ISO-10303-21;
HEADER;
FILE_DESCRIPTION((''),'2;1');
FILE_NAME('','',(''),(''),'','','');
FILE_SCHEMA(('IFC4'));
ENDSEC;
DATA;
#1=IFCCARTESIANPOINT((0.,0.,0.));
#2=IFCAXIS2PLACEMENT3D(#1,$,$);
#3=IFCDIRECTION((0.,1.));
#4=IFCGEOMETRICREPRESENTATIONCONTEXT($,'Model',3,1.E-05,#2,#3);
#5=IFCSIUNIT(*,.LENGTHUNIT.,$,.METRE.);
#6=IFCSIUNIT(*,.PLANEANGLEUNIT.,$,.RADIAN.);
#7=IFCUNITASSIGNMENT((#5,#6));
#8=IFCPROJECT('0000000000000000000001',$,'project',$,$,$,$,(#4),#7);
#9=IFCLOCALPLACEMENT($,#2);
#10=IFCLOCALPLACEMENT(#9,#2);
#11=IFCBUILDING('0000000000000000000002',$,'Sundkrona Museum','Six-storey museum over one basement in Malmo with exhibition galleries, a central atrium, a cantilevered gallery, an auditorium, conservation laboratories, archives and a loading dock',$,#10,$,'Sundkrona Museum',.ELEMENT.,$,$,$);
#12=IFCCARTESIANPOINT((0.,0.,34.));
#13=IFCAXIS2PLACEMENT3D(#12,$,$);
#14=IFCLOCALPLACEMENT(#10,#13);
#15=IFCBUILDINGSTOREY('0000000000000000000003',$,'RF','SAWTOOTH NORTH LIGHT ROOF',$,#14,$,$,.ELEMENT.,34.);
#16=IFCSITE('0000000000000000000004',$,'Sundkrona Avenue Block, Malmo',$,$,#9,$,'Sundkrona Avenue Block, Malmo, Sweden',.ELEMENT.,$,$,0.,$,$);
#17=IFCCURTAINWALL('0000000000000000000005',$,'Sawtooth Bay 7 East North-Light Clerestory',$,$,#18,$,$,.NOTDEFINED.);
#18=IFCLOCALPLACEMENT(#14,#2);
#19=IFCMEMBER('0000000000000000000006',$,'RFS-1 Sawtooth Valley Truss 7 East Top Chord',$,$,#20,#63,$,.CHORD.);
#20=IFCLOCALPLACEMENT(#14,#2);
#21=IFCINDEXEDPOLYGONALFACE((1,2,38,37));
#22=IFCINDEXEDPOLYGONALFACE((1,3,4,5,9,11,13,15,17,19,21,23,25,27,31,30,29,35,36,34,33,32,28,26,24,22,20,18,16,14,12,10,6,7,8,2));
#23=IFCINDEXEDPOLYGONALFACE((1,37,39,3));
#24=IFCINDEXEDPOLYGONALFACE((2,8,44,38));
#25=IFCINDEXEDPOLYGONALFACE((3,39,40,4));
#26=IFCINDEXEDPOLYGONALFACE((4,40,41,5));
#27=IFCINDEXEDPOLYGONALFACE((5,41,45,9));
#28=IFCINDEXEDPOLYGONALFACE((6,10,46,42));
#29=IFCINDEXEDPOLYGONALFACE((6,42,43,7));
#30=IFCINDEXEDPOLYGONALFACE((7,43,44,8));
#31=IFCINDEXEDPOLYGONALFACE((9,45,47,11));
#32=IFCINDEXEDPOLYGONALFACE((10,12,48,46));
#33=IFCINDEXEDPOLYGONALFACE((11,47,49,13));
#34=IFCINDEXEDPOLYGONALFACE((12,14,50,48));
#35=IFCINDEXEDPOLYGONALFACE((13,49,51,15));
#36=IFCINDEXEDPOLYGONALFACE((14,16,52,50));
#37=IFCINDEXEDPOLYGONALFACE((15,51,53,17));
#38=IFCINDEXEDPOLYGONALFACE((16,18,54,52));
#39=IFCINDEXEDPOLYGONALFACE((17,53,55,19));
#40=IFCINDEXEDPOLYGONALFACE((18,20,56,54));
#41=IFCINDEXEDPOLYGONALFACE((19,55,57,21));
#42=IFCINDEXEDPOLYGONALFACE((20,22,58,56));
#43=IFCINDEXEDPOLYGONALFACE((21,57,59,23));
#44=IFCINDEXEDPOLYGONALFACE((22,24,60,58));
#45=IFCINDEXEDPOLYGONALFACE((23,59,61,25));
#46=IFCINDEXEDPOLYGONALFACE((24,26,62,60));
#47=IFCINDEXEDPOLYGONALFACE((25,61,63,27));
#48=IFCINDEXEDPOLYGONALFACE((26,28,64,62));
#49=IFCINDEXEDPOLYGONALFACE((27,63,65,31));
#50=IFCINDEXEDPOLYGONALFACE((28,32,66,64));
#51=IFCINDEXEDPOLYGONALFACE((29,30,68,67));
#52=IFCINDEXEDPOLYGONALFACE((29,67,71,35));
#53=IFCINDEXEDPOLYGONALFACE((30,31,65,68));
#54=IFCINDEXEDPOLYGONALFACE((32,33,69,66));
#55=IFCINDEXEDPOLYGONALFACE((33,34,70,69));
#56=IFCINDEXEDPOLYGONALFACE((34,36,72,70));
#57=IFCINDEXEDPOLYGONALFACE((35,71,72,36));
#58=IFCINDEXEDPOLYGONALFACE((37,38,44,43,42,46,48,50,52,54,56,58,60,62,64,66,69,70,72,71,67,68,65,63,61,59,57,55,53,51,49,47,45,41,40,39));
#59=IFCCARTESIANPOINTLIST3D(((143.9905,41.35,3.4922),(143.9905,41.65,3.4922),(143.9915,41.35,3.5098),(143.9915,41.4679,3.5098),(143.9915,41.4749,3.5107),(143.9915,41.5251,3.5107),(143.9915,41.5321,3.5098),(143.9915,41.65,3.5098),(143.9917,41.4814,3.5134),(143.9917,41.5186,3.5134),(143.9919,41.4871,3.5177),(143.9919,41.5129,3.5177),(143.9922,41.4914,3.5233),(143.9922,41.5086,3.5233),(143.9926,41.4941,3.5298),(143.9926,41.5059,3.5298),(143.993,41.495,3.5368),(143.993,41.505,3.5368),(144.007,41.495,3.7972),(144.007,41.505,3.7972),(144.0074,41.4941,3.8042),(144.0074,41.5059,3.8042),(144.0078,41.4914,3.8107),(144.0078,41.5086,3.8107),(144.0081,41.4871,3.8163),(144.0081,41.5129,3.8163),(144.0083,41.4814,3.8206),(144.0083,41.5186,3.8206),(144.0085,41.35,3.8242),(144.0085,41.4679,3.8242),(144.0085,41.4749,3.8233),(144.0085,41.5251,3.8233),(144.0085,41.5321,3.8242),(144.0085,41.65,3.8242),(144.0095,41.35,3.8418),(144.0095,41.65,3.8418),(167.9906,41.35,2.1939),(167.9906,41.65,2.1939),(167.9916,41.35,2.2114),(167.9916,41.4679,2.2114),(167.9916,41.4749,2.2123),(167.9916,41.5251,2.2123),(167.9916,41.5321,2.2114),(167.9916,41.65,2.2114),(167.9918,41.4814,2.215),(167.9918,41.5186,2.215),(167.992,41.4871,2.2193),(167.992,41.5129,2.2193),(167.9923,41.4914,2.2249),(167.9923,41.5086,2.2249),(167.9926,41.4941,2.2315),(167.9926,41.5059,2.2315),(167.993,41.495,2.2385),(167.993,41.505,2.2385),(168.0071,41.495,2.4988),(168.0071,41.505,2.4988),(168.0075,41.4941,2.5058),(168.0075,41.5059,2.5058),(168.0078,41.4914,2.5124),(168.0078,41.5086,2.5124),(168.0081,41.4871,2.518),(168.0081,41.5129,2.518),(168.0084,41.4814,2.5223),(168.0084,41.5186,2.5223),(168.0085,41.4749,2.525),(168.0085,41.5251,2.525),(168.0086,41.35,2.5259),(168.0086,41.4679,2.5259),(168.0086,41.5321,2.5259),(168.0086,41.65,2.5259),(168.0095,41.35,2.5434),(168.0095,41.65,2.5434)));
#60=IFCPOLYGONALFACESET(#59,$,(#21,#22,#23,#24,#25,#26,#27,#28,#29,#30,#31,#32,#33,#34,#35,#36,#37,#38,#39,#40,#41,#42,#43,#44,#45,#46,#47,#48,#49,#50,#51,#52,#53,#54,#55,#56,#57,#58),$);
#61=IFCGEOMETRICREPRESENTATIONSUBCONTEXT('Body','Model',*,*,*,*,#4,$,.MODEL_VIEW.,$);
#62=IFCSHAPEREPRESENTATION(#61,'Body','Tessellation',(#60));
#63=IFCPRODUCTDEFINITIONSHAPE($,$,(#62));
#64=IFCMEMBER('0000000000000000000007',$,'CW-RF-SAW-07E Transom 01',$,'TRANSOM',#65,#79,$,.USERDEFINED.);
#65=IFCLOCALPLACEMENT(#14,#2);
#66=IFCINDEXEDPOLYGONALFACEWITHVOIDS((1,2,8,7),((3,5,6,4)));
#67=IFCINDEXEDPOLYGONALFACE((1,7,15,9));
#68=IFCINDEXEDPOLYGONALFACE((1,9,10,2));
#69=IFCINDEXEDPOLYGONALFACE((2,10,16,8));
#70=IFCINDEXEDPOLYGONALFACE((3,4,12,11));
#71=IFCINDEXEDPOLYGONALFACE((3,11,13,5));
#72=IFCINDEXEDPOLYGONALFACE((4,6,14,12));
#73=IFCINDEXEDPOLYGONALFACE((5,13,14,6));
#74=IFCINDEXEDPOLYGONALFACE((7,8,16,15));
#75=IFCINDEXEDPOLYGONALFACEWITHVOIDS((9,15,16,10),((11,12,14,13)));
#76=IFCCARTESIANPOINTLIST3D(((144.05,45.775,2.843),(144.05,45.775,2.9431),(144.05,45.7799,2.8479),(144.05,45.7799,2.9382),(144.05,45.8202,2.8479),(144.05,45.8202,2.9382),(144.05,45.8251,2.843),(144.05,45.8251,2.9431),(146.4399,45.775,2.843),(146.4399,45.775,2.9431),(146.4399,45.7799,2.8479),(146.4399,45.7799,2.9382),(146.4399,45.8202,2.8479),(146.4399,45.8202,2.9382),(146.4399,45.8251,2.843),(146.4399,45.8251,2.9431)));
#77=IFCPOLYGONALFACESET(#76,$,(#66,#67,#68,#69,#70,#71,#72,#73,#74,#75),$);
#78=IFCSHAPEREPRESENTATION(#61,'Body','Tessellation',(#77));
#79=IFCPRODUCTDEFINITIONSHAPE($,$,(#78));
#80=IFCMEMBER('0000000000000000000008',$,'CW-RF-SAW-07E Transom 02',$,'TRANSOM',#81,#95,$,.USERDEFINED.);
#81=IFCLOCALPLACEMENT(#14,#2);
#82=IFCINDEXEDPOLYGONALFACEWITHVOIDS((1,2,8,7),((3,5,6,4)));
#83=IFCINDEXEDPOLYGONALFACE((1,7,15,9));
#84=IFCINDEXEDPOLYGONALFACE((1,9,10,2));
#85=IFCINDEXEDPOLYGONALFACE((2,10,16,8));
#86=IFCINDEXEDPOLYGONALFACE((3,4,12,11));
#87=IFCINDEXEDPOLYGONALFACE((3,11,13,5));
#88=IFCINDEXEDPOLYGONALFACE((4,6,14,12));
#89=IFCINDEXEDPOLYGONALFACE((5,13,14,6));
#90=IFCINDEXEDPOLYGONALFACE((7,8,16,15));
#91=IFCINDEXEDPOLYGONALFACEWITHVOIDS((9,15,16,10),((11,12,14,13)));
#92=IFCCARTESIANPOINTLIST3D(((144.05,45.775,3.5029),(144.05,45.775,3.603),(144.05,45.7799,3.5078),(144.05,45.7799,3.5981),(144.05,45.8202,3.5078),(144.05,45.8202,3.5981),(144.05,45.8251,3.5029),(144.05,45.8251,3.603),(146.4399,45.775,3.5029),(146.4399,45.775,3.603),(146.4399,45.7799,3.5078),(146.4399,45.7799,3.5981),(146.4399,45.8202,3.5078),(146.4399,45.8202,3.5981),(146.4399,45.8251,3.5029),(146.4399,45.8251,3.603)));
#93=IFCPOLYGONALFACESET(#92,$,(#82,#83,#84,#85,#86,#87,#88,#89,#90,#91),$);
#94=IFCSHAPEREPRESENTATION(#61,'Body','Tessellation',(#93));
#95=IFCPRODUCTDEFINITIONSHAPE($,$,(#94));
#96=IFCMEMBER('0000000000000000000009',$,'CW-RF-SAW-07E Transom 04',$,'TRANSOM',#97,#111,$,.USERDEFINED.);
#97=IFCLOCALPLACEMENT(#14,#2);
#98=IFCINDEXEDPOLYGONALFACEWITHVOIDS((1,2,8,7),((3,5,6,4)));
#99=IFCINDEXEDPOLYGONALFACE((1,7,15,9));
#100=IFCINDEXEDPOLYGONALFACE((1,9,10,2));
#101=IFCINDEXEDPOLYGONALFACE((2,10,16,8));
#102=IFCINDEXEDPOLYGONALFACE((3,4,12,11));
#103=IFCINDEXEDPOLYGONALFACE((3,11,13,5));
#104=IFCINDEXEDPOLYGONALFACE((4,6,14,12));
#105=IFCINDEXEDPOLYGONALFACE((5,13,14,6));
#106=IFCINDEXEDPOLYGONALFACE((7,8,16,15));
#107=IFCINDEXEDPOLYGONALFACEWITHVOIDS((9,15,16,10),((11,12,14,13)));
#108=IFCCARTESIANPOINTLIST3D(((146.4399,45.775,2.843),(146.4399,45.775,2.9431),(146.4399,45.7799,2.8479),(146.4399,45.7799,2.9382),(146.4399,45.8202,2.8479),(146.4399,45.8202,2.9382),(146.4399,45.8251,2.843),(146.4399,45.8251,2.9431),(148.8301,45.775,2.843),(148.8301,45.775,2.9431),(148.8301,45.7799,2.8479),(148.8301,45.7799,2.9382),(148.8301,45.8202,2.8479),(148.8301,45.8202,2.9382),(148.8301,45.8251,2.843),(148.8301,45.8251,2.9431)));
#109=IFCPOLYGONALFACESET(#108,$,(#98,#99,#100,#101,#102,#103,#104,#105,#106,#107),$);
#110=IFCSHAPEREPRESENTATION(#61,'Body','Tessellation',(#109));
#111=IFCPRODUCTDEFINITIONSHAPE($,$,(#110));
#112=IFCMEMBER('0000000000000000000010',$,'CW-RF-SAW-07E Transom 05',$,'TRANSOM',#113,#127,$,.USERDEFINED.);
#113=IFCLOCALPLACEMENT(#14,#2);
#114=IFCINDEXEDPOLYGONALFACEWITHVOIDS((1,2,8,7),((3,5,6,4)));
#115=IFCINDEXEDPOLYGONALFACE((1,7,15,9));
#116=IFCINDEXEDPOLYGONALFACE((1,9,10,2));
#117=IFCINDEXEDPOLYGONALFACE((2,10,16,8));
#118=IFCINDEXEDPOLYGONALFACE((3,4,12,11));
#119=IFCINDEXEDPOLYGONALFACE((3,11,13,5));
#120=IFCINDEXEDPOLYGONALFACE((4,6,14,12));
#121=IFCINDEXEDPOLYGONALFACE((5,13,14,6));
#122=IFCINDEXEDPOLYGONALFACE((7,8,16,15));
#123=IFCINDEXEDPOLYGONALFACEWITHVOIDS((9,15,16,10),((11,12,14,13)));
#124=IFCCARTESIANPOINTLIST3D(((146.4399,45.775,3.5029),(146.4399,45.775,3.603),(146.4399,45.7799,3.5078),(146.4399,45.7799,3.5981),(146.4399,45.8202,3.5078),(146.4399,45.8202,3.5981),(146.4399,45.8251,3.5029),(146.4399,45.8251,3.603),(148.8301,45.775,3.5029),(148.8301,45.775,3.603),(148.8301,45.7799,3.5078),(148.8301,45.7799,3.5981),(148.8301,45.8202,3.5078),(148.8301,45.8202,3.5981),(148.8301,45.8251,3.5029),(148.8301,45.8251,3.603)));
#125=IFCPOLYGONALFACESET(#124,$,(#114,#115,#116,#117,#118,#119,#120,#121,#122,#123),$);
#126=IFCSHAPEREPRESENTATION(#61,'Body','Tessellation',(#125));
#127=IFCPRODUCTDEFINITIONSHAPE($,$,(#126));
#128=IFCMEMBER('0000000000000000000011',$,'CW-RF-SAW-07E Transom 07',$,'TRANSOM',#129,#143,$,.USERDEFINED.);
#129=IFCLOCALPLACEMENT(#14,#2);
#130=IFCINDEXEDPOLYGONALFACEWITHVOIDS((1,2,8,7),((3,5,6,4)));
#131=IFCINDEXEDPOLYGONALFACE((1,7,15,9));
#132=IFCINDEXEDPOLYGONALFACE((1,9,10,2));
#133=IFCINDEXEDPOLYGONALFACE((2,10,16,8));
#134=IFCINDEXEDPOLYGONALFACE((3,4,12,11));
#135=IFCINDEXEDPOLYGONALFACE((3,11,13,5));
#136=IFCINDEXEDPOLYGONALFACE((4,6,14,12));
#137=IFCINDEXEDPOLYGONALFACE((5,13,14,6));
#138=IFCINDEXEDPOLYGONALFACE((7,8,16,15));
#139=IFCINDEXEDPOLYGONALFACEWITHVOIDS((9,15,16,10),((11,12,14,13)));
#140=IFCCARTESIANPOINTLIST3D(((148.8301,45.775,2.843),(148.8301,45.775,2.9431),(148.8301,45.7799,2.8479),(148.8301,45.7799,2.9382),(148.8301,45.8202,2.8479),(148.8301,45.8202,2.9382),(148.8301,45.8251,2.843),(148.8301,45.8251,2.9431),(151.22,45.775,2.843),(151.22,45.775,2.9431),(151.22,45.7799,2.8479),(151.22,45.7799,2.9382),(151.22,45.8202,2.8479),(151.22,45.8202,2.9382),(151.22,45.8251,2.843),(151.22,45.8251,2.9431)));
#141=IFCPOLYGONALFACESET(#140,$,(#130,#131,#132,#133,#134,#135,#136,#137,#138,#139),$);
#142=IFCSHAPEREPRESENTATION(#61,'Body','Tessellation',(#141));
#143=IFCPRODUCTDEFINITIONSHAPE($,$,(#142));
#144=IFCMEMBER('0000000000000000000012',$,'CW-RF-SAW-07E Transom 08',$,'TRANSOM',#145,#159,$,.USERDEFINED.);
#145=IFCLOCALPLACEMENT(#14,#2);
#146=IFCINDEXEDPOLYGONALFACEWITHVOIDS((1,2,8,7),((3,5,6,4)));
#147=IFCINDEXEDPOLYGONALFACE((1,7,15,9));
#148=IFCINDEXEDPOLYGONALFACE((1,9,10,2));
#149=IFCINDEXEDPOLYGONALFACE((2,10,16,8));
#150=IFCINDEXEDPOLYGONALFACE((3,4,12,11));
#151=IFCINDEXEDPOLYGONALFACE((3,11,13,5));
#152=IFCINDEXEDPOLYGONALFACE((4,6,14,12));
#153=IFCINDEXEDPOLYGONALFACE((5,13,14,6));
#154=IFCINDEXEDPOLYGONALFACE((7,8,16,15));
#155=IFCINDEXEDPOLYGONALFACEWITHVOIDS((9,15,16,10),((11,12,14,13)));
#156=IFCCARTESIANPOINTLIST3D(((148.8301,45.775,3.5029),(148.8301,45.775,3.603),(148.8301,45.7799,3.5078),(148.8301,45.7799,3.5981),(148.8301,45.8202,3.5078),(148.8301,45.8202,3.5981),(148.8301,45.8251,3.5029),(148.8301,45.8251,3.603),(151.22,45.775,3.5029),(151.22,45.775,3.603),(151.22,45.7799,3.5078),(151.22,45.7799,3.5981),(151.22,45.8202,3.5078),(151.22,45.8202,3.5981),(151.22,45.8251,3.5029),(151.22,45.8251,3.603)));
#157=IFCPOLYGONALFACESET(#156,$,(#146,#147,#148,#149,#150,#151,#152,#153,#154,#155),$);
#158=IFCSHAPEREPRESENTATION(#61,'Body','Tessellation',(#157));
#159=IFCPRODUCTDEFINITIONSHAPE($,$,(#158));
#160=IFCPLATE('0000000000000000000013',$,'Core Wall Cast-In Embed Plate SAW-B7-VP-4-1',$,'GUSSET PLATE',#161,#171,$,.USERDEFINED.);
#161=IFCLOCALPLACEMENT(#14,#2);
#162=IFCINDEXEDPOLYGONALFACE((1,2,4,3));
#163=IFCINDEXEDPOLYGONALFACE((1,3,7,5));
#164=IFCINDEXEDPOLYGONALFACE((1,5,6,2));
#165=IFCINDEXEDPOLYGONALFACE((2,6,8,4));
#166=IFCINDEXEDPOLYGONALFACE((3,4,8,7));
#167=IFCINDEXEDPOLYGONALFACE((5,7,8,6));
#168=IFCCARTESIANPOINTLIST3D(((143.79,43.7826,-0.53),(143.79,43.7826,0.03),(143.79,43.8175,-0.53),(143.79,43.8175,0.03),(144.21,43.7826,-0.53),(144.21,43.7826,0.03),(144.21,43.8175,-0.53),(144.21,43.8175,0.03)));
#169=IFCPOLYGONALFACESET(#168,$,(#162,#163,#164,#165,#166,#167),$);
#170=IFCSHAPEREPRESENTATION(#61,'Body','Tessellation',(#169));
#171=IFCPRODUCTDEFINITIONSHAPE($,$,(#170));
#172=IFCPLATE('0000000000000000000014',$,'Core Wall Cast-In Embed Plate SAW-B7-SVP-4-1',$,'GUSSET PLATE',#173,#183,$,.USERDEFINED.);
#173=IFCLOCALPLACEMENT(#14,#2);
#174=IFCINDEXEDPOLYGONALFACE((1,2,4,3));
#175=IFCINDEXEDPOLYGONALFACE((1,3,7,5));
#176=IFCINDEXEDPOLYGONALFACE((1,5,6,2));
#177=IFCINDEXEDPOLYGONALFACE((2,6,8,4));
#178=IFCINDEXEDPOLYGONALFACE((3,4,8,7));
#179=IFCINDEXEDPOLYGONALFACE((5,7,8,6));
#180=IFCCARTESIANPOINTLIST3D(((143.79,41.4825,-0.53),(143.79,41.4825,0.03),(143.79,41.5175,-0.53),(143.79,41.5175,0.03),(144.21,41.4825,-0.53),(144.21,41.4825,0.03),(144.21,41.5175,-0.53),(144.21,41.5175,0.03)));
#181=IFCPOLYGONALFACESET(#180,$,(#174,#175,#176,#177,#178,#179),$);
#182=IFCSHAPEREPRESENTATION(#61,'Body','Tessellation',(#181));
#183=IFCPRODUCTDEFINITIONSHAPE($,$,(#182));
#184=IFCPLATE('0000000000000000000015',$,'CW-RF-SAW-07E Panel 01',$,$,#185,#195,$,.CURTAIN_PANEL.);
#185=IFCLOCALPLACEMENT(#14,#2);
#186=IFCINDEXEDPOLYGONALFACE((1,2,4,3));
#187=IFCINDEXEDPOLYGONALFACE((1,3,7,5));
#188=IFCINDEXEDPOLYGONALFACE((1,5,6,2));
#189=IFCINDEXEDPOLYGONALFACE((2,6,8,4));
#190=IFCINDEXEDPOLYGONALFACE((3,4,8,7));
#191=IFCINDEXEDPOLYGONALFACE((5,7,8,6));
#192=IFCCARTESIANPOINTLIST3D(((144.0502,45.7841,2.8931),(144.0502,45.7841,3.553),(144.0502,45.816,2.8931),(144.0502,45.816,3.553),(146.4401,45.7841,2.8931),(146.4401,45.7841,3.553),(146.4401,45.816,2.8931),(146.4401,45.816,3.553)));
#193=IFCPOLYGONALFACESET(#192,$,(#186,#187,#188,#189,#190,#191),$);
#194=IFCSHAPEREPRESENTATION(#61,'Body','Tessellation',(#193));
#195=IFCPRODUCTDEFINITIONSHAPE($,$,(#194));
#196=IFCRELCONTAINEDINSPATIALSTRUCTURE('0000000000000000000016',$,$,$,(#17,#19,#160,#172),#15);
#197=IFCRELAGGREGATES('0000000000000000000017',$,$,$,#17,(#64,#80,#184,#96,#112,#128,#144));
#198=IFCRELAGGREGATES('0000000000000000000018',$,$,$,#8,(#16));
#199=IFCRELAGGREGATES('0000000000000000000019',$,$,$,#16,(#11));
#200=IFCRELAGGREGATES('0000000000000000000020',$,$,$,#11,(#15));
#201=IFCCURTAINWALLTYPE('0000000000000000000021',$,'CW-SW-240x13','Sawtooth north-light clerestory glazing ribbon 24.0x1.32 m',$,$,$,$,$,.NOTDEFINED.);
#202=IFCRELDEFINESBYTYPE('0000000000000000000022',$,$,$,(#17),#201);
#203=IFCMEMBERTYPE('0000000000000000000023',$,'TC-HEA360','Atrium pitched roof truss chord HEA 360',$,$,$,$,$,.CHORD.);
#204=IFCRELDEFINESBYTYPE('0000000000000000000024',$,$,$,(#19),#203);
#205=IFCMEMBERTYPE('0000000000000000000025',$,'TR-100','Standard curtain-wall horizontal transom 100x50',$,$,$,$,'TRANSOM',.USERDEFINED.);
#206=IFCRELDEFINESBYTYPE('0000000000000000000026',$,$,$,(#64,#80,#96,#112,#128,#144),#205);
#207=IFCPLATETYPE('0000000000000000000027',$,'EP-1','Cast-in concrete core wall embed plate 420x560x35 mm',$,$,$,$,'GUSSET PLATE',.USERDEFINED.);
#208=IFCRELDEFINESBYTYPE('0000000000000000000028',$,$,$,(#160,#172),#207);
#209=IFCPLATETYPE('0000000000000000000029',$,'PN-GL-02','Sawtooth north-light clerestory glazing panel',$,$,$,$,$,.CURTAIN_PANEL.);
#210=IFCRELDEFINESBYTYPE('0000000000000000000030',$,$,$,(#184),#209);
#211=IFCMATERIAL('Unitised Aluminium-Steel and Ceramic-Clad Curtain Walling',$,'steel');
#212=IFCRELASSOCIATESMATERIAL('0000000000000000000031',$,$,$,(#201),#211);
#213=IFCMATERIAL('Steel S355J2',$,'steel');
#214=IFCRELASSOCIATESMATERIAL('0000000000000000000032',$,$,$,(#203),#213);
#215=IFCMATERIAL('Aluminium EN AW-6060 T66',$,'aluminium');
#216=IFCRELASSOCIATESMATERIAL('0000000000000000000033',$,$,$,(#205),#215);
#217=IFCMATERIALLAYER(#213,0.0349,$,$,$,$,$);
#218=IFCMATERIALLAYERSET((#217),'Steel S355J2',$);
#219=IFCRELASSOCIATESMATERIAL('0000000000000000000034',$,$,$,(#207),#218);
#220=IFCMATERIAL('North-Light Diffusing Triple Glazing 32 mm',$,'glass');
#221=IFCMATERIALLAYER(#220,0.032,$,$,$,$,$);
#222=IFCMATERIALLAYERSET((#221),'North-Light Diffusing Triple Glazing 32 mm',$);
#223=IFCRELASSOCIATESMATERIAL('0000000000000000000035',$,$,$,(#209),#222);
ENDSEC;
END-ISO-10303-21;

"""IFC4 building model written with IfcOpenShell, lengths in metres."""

from ifc_helpers import new_model, si_unit, direction, frame, origin, origin_2d, place, context, subcontext, project, spatial, rectangle, hollow_rectangle, i_section, extrude, material, layer, layer_set, material_profile, profile_set, type_object, element, aggregate, save


model = new_model("IFC4")

# Units and contexts
model_context = context("Model", 3, precision=1e-05, world=origin(), true_north=direction((0.0, 1.0)))
body_context = subcontext(model_context, "Body", "Model", "MODEL_VIEW")
ifc_project = project(units=[si_unit("LENGTHUNIT", "METRE"), si_unit("PLANEANGLEUNIT", "RADIAN")], contexts=[model_context])

# Site, building, storey
site_placement = place(None, origin())
site = spatial("IfcSite", under=ifc_project, at=site_placement, Name="Sundkrona Avenue Block, Malmo", LongName="Sundkrona Avenue Block, Malmo, Sweden", CompositionType="ELEMENT", RefElevation=0.0)
building_placement = place(site_placement, origin())
building = spatial("IfcBuilding", under=site, at=building_placement, Name="Sundkrona Museum", Description="Six-storey museum over one basement in Malmo with exhibition galleries, a central atrium, a cantilevered gallery, an auditorium, conservation laboratories, archives and a loading dock", LongName="Sundkrona Museum", CompositionType="ELEMENT")
storey_placement = place(building_placement, frame((0.0, 0.0, 34.0)))
storey = spatial("IfcBuildingStorey", under=building, at=storey_placement, Name="RF", Description="SAWTOOTH NORTH LIGHT ROOF", CompositionType="ELEMENT", Elevation=34.0)

# Curtain wall
ifc_material_1 = material(Name="Unitised Aluminium-Steel and Ceramic-Clad Curtain Walling", Category="steel")
curtain_wall_type = type_object("IfcCurtainWallType", Name="CW-SW-240x13", Description="Sawtooth north-light clerestory glazing ribbon 24.0x1.32 m", PredefinedType="NOTDEFINED", material=ifc_material_1)
curtain_wall_placement = place(storey_placement, origin())
curtain_wall = element("IfcCurtainWall", 1, at=curtain_wall_placement, inside=storey, type_object=curtain_wall_type, Name="Sawtooth Bay 7 East North-Light Clerestory", PredefinedType="NOTDEFINED")
ifc_material_2 = material(Name="Aluminium EN AW-6060 T66", Category="aluminium")

# Member
ifc_material_3 = material(Name="Steel S355J2", Category="steel")
ifc_material_profile_1 = material_profile(ifc_material_3, i_section(OverallWidth=0.3, OverallDepth=0.3501, WebThickness=0.01, FlangeThickness=0.0176, FilletRadius=0.0271, at=origin_2d()), Name="HEA 360")
ifc_profile_set_1 = profile_set([ifc_material_profile_1], Name="Steel S355J2")
member_type_1 = type_object("IfcMemberType", Name="TC-HEA360", Description="Atrium pitched roof truss chord HEA 360", PredefinedType="CHORD", material=ifc_profile_set_1)
member_1_placement = place(storey_placement, frame((144.0, 41.5, 3.667), z_axis=(0.99854, 0.0, -0.054019), x_axis=(0.0, 1.0, 0.0)))
element("IfcMember", 2, at=member_1_placement, inside=storey, type_object=member_type_1, Name="RFS-1 Sawtooth Valley Truss 7 East Top Chord", PredefinedType="CHORD", context=body_context, shape_type="SweptSolid", body=[
    extrude(i_section(OverallWidth=0.3, OverallDepth=0.3501, WebThickness=0.01, FlangeThickness=0.0176, FilletRadius=0.0271, at=origin_2d()), origin(), (0.0, 0.0, 1.0), 24.0352),
])

# Members
ifc_material_profile_2 = material_profile(ifc_material_2, hollow_rectangle(XDim=0.05, YDim=0.1001, WallThickness=0.0049, at=origin_2d()), Name="RHS 100x50x5.0")
ifc_profile_set_2 = profile_set([ifc_material_profile_2], Name="Aluminium EN AW-6060 T66")
member_type_2 = type_object("IfcMemberType", Name="TR-100", Description="Standard curtain-wall horizontal transom 100x50", ElementType="TRANSOM", PredefinedType="USERDEFINED", material=ifc_profile_set_2)
member_2_placement = place(storey_placement, frame((144.05, 45.8, 2.8931), z_axis=(1.0, 0.0, 0.0), x_axis=(0.0, 1.0, 0.0)))
member_2 = element("IfcMember", 3, at=member_2_placement, type_object=member_type_2, Name="CW-RF-SAW-07E Transom 01", ObjectType="TRANSOM", PredefinedType="USERDEFINED", context=body_context, shape_type="SweptSolid", body=[
    extrude(hollow_rectangle(XDim=0.05, YDim=0.1001, WallThickness=0.0049, at=origin_2d()), origin(), (0.0, 0.0, 1.0), 2.3899),
])
member_3_placement = place(storey_placement, frame((144.05, 45.8, 3.553), z_axis=(1.0, 0.0, 0.0), x_axis=(0.0, 1.0, 0.0)))
member_3 = element("IfcMember", 4, at=member_3_placement, type_object=member_type_2, Name="CW-RF-SAW-07E Transom 02", ObjectType="TRANSOM", PredefinedType="USERDEFINED", context=body_context, shape_type="SweptSolid", body=[
    extrude(hollow_rectangle(XDim=0.05, YDim=0.1001, WallThickness=0.0049, at=origin_2d()), origin(), (0.0, 0.0, 1.0), 2.3899),
])
member_4_placement = place(storey_placement, frame((146.4399, 45.8, 2.8931), z_axis=(1.0, 0.0, 0.0), x_axis=(0.0, 1.0, 0.0)))
member_4 = element("IfcMember", 5, at=member_4_placement, type_object=member_type_2, Name="CW-RF-SAW-07E Transom 04", ObjectType="TRANSOM", PredefinedType="USERDEFINED", context=body_context, shape_type="SweptSolid", body=[
    extrude(hollow_rectangle(XDim=0.05, YDim=0.1001, WallThickness=0.0049, at=origin_2d()), origin(), (0.0, 0.0, 1.0), 2.3901),
])
member_5_placement = place(storey_placement, frame((146.4399, 45.8, 3.553), z_axis=(1.0, 0.0, 0.0), x_axis=(0.0, 1.0, 0.0)))
member_5 = element("IfcMember", 6, at=member_5_placement, type_object=member_type_2, Name="CW-RF-SAW-07E Transom 05", ObjectType="TRANSOM", PredefinedType="USERDEFINED", context=body_context, shape_type="SweptSolid", body=[
    extrude(hollow_rectangle(XDim=0.05, YDim=0.1001, WallThickness=0.0049, at=origin_2d()), origin(), (0.0, 0.0, 1.0), 2.3901),
])
member_6_placement = place(storey_placement, frame((148.8301, 45.8, 2.8931), z_axis=(1.0, 0.0, 0.0), x_axis=(0.0, 1.0, 0.0)))
member_6 = element("IfcMember", 7, at=member_6_placement, type_object=member_type_2, Name="CW-RF-SAW-07E Transom 07", ObjectType="TRANSOM", PredefinedType="USERDEFINED", context=body_context, shape_type="SweptSolid", body=[
    extrude(hollow_rectangle(XDim=0.05, YDim=0.1001, WallThickness=0.0049, at=origin_2d()), origin(), (0.0, 0.0, 1.0), 2.3899),
])
member_7_placement = place(storey_placement, frame((148.8301, 45.8, 3.553), z_axis=(1.0, 0.0, 0.0), x_axis=(0.0, 1.0, 0.0)))
member_7 = element("IfcMember", 8, at=member_7_placement, type_object=member_type_2, Name="CW-RF-SAW-07E Transom 08", ObjectType="TRANSOM", PredefinedType="USERDEFINED", context=body_context, shape_type="SweptSolid", body=[
    extrude(hollow_rectangle(XDim=0.05, YDim=0.1001, WallThickness=0.0049, at=origin_2d()), origin(), (0.0, 0.0, 1.0), 2.3899),
])

# Plates
ifc_layer_1 = layer(ifc_material_3, 0.0349)
ifc_layer_set_1 = layer_set([ifc_layer_1], Name="Steel S355J2")
plate_type_1 = type_object("IfcPlateType", Name="EP-1", Description="Cast-in concrete core wall embed plate 420x560x35 mm", ElementType="GUSSET PLATE", PredefinedType="USERDEFINED", material=ifc_layer_set_1)
for number, where, z_axis, x_axis, name in (
    (9, (144.0, 43.8, -0.53), (0.0, 0.0, 1.0), (1.0, 0.0, 0.0), "Core Wall Cast-In Embed Plate SAW-B7-VP-4-1"),
    (10, (144.0, 41.5, -0.53), (0.0, 0.0, 1.0), (1.0, 0.0, 0.0), "Core Wall Cast-In Embed Plate SAW-B7-SVP-4-1"),
):
    element("IfcPlate", number, at=place(storey_placement, frame(where, z_axis=z_axis, x_axis=x_axis)), inside=storey, type_object=plate_type_1, Name=name, ObjectType="GUSSET PLATE", PredefinedType="USERDEFINED", context=body_context, shape_type="SweptSolid", body=[
        extrude(rectangle(XDim=0.4199, YDim=0.0349, at=origin_2d()), origin(), (0.0, 0.0, 1.0), 0.5601),
    ])

# Plate
ifc_material_4 = material(Name="North-Light Diffusing Triple Glazing 32 mm", Category="glass")
ifc_layer_2 = layer(ifc_material_4, 0.032)
ifc_layer_set_2 = layer_set([ifc_layer_2], Name="North-Light Diffusing Triple Glazing 32 mm")
plate_type_2 = type_object("IfcPlateType", Name="PN-GL-02", Description="Sawtooth north-light clerestory glazing panel", PredefinedType="CURTAIN_PANEL", material=ifc_layer_set_2)
plate_1_placement = place(storey_placement, frame((145.2451, 45.8, 2.8931), z_axis=(0.0, 0.0, 1.0), x_axis=(1.0, 0.0, 0.0)))
plate_1 = element("IfcPlate", 11, at=plate_1_placement, type_object=plate_type_2, Name="CW-RF-SAW-07E Panel 01", PredefinedType="CURTAIN_PANEL", context=body_context, shape_type="SweptSolid", body=[
    extrude(rectangle(XDim=2.3899, YDim=0.032, at=origin_2d()), origin(), (0.0, 0.0, 1.0), 0.6599),
])
aggregate(curtain_wall, [member_2, member_3, plate_1, member_4, member_5, member_6, member_7])

save(model, "model.ifc")
